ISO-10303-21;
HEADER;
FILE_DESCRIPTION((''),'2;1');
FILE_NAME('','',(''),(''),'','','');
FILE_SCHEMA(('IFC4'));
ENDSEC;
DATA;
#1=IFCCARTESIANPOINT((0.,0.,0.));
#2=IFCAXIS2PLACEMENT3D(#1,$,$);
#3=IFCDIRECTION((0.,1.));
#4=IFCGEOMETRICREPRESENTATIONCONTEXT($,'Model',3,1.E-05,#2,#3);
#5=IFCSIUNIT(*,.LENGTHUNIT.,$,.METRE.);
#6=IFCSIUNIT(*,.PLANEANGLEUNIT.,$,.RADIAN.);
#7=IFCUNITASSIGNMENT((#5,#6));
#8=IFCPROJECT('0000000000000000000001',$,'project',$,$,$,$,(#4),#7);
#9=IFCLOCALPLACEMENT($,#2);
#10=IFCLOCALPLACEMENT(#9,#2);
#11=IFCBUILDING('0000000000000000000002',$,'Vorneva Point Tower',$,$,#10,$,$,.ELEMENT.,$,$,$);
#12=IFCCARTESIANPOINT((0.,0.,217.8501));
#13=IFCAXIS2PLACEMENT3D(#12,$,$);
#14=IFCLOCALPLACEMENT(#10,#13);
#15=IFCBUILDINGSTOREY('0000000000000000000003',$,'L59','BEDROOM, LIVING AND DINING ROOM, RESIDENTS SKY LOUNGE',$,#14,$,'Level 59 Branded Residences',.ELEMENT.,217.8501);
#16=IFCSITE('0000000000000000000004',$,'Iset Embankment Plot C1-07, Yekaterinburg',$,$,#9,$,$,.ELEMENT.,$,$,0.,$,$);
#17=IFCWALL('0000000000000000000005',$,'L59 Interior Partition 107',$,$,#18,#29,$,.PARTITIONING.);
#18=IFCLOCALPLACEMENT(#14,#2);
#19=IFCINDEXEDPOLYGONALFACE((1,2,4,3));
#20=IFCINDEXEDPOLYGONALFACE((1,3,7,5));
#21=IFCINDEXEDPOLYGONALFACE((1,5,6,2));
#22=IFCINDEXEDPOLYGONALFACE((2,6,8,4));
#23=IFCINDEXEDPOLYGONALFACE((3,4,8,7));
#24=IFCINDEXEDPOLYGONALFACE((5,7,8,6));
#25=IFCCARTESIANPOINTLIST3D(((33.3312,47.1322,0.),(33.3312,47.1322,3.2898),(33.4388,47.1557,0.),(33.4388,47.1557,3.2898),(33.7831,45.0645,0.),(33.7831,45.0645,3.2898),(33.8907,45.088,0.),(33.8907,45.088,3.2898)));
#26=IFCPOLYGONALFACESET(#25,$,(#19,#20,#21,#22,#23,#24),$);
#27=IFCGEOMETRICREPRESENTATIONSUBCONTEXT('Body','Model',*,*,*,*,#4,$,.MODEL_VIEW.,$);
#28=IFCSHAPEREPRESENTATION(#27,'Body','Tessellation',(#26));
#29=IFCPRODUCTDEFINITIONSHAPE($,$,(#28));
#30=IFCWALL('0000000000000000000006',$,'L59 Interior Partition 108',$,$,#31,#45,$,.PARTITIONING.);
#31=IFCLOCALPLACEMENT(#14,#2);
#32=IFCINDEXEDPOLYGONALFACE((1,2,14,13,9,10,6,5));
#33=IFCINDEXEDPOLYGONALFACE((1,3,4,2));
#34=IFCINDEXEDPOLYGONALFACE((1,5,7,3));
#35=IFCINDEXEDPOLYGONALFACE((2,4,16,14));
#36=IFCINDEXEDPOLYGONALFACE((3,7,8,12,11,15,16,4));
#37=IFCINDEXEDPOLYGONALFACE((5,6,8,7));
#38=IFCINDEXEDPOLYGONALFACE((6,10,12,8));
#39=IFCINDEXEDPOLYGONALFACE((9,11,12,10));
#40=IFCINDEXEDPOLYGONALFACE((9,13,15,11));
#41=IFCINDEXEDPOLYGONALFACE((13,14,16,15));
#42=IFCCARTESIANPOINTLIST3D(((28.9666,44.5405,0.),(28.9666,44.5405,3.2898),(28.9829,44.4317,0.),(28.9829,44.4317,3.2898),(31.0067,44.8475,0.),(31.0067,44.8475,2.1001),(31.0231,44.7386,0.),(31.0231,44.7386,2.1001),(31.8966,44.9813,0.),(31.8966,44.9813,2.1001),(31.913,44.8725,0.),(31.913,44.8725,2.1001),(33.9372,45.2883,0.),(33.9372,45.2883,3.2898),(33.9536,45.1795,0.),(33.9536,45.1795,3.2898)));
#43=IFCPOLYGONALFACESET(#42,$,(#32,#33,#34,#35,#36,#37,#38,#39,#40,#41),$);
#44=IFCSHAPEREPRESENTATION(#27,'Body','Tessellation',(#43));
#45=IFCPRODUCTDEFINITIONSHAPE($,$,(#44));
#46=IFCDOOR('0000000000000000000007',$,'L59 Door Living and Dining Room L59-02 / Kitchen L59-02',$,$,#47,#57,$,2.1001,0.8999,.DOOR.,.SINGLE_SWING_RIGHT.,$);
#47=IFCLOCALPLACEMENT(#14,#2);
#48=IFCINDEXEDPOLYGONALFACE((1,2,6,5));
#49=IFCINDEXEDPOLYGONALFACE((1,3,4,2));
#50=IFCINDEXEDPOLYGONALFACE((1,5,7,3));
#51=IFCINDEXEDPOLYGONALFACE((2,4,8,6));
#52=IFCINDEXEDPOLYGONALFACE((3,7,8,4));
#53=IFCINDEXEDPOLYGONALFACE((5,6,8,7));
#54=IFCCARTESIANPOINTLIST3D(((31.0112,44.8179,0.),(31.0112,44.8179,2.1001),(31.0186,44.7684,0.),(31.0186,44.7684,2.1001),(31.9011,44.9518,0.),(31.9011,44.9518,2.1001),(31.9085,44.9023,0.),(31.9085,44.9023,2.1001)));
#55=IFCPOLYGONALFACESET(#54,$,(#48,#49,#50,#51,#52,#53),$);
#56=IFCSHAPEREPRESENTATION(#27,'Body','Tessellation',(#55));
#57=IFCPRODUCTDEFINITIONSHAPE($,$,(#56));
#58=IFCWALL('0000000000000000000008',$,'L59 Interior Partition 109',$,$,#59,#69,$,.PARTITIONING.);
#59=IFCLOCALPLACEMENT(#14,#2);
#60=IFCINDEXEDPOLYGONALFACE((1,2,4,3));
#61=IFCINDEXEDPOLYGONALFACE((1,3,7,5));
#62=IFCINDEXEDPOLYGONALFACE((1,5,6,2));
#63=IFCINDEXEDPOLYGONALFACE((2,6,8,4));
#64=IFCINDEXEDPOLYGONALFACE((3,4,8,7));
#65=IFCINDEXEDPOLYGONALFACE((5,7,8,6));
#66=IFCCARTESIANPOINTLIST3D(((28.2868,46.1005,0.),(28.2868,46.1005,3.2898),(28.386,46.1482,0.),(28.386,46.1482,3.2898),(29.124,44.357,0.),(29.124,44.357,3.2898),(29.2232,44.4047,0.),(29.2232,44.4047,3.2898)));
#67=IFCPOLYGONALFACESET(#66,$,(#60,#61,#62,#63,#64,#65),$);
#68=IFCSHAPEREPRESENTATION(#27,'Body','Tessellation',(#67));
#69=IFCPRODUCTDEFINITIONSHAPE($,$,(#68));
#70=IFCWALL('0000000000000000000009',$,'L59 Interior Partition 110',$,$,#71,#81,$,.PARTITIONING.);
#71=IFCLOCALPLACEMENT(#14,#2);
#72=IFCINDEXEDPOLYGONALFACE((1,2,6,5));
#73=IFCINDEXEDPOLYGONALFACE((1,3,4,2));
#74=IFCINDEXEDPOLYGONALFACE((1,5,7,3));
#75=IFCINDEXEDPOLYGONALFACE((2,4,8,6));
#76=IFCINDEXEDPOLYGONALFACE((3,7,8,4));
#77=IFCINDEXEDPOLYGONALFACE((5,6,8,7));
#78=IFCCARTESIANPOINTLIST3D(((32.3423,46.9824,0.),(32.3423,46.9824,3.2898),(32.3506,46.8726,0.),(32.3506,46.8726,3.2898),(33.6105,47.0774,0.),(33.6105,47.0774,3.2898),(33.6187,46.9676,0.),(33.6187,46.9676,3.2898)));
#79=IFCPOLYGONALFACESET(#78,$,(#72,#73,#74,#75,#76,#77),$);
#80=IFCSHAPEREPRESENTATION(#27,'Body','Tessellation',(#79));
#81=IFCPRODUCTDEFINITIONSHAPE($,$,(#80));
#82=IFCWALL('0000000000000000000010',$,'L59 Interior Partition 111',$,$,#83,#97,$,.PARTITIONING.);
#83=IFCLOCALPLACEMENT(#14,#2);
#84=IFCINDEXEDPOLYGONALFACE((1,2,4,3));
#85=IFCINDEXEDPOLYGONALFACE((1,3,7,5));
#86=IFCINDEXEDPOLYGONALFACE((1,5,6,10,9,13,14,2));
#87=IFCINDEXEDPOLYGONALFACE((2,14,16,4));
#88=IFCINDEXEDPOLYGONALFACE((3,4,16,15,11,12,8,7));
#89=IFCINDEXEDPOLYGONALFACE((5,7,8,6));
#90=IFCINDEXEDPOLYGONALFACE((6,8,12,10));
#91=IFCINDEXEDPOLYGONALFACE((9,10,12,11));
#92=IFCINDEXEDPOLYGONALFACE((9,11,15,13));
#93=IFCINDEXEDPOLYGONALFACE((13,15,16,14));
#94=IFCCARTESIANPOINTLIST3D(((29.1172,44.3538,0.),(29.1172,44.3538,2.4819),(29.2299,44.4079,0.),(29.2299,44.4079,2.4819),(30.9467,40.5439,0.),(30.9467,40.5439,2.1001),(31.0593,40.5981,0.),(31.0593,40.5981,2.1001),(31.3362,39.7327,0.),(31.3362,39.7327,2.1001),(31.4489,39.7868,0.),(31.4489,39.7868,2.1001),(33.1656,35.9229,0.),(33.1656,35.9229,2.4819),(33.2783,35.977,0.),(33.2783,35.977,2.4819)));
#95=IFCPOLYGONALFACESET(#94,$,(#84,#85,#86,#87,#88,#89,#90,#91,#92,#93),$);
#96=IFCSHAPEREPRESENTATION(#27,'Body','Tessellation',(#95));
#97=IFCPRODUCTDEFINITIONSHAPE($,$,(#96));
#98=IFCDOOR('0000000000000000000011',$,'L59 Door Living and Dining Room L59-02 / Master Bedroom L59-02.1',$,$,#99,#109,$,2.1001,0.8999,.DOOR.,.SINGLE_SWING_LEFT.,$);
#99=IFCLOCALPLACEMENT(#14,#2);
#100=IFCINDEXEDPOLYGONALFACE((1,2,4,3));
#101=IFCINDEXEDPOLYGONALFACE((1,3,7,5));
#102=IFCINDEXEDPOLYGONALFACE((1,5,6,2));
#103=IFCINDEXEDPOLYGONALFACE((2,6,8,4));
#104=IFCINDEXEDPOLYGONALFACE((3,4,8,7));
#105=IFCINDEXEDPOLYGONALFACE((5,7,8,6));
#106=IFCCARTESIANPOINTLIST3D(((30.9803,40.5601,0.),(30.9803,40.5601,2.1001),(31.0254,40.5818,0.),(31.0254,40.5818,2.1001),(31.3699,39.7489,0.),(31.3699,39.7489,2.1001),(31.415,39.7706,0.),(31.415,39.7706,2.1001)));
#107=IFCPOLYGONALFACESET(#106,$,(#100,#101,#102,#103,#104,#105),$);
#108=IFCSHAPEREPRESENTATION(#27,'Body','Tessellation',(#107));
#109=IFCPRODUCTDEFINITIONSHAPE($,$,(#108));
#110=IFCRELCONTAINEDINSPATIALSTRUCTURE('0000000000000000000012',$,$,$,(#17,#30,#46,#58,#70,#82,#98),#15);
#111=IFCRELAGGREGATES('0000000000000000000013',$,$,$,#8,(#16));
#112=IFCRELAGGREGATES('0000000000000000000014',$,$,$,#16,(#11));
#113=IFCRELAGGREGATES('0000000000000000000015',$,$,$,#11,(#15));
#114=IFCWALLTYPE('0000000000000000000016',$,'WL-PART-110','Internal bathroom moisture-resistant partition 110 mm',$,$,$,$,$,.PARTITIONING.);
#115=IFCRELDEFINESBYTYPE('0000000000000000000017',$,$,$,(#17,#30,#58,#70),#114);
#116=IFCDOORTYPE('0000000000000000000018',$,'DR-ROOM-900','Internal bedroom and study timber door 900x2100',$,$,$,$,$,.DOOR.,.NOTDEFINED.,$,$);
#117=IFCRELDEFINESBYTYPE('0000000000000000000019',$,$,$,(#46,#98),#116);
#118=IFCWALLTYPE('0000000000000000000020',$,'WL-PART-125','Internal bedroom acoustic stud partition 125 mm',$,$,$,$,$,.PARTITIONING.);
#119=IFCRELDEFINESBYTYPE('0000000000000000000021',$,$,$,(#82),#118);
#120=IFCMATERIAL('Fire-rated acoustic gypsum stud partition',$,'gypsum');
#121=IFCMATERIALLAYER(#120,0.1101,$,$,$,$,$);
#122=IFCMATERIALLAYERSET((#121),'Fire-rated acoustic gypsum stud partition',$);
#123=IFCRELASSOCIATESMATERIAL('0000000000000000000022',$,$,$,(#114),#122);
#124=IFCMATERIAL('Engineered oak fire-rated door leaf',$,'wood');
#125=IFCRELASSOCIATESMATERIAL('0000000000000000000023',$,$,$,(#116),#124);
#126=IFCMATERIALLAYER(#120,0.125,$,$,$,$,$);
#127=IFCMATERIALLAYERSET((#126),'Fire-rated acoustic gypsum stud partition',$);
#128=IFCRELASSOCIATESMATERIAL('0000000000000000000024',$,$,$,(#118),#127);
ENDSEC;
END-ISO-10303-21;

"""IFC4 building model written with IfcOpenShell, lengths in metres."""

from ifc_helpers import new_model, si_unit, direction, frame, frame_2d, origin, place, context, subcontext, project, spatial, rectangle, extrude, material, layer, layer_set, type_object, element, fill, save


model = new_model("IFC4")

# Units and contexts
model_context = context("Model", 3, precision=1e-05, world=origin(), true_north=direction((0.0, 1.0)))
body_context = subcontext(model_context, "Body", "Model", "MODEL_VIEW")
ifc_project = project(units=[si_unit("LENGTHUNIT", "METRE"), si_unit("PLANEANGLEUNIT", "RADIAN")], contexts=[model_context])

# Site, building, storey
site_placement = place(None, origin())
site = spatial("IfcSite", under=ifc_project, at=site_placement, Name="Iset Embankment Plot C1-07, Yekaterinburg", CompositionType="ELEMENT", RefElevation=0.0)
building_placement = place(site_placement, origin())
building = spatial("IfcBuilding", under=site, at=building_placement, Name="Vorneva Point Tower", CompositionType="ELEMENT")
storey_placement = place(building_placement, frame((0.0, 0.0, 217.8501)))
storey = spatial("IfcBuildingStorey", under=building, at=storey_placement, Name="L59", Description="BEDROOM, LIVING AND DINING ROOM, RESIDENTS SKY LOUNGE", LongName="Level 59 Branded Residences", CompositionType="ELEMENT", Elevation=217.8501)

# Wall
ifc_material_1 = material(Name="Fire-rated acoustic gypsum stud partition", Category="gypsum")
ifc_layer_1 = layer(ifc_material_1, 0.1101)
ifc_layer_set_1 = layer_set([ifc_layer_1], Name="Fire-rated acoustic gypsum stud partition")
wall_type_1 = type_object("IfcWallType", Name="WL-PART-110", Description="Internal bathroom moisture-resistant partition 110 mm", PredefinedType="PARTITIONING", material=ifc_layer_set_1)
wall_1_placement = place(storey_placement, frame((33.385, 47.1438, 0.0), z_axis=(0.0, 0.0, 1.0), x_axis=(0.213521, -0.976938, 0.0)))
element("IfcWall", 1, at=wall_1_placement, inside=storey, type_object=wall_type_1, Name="L59 Interior Partition 107", PredefinedType="PARTITIONING", context=body_context, shape_type="SweptSolid", body=[
    extrude(rectangle(XDim=2.1165, YDim=0.1101, at=frame_2d((1.0581, 0.0))), origin(), (0.0, 0.0, 1.0), 3.2898),
])

# Wall, opening, door
wall_2_placement = place(storey_placement, frame((33.9453, 45.2339, 0.0), z_axis=(0.0, 0.0, 1.0), x_axis=(-0.988872, -0.148768, 0.0)))
wall_2 = element("IfcWall", 2, at=wall_2_placement, inside=storey, type_object=wall_type_1, Name="L59 Interior Partition 108", PredefinedType="PARTITIONING", context=body_context, shape_type="SweptSolid", body=[
    extrude(rectangle(XDim=5.0266, YDim=0.1101, at=frame_2d((2.5132, 0.0))), origin(), (0.0, 0.0, 1.0), 3.2898),
])
opening_1_placement = place(wall_2_placement, frame((2.0635, 0.0, 0.0)))
opening_1 = element("IfcOpeningElement", 3, at=opening_1_placement, cuts=wall_2, PredefinedType="OPENING", context=body_context, shape_type="SweptSolid", body=[
    extrude(rectangle(XDim=0.8999, YDim=2.1001, at=frame_2d((0.45, 1.05))), frame((0.0, 0.0698, 0.0), z_axis=(0.0, -1.0, 0.0), x_axis=(1.0, 0.0, 0.0)), (0.0, 0.0, 1.0), 0.1399),
])
ifc_material_2 = material(Name="Engineered oak fire-rated door leaf", Category="wood")
door_type = type_object("IfcDoorType", Name="DR-ROOM-900", Description="Internal bedroom and study timber door 900x2100", OperationType="NOTDEFINED", PredefinedType="DOOR", material=ifc_material_2)
door_1_placement = place(opening_1_placement, origin())
door_1 = element("IfcDoor", 4, at=door_1_placement, inside=storey, type_object=door_type, Name="L59 Door Living and Dining Room L59-02 / Kitchen L59-02", OperationType="SINGLE_SWING_RIGHT", OverallHeight=2.1001, OverallWidth=0.8999, PredefinedType="DOOR", context=body_context, shape_type="SweptSolid", body=[
    extrude(rectangle(XDim=0.8999, YDim=2.1001, at=frame_2d((0.45, 1.05))), frame((0.0, 0.0249, 0.0), z_axis=(0.0, -1.0, 0.0), x_axis=(1.0, 0.0, 0.0)), (0.0, 0.0, 1.0), 0.05),
])
fill(opening_1, door_1)

# Walls
wall_3_placement = place(storey_placement, frame((29.1736, 44.3809, 0.0), z_axis=(0.0, 0.0, 1.0), x_axis=(-0.432866, 0.901458, 0.0)))
element("IfcWall", 5, at=wall_3_placement, inside=storey, type_object=wall_type_1, Name="L59 Interior Partition 109", PredefinedType="PARTITIONING", context=body_context, shape_type="SweptSolid", body=[
    extrude(rectangle(XDim=1.9341, YDim=0.1101, at=frame_2d((0.967, 0.0))), origin(), (0.0, 0.0, 1.0), 3.2898),
])
wall_4_placement = place(storey_placement, frame((33.6145, 47.0225, 0.0), z_axis=(0.0, 0.0, 1.0), x_axis=(-0.997207, -0.074685, 0.0)))
element("IfcWall", 6, at=wall_4_placement, inside=storey, type_object=wall_type_1, Name="L59 Interior Partition 110", PredefinedType="PARTITIONING", context=body_context, shape_type="SweptSolid", body=[
    extrude(rectangle(XDim=1.2717, YDim=0.1101, at=frame_2d((0.6357, 0.0))), origin(), (0.0, 0.0, 1.0), 3.2898),
])

# Wall, opening, door
ifc_layer_2 = layer(ifc_material_1, 0.125)
ifc_layer_set_2 = layer_set([ifc_layer_2], Name="Fire-rated acoustic gypsum stud partition")
wall_type_2 = type_object("IfcWallType", Name="WL-PART-125", Description="Internal bedroom acoustic stud partition 125 mm", PredefinedType="PARTITIONING", material=ifc_layer_set_2)
wall_5_placement = place(storey_placement, frame((29.1736, 44.3809, 0.0), z_axis=(0.0, 0.0, 1.0), x_axis=(0.432862, -0.90146, 0.0)))
wall_5 = element("IfcWall", 7, at=wall_5_placement, inside=storey, type_object=wall_type_2, Name="L59 Interior Partition 111", PredefinedType="PARTITIONING", context=body_context, shape_type="SweptSolid", body=[
    extrude(rectangle(XDim=9.3525, YDim=0.125, at=frame_2d((4.6763, 0.0))), origin(), (0.0, 0.0, 1.0), 2.4819),
])
opening_2_placement = place(wall_5_placement, frame((4.2263, 0.0, 0.0)))
opening_2 = element("IfcOpeningElement", 8, at=opening_2_placement, cuts=wall_5, PredefinedType="OPENING", context=body_context, shape_type="SweptSolid", body=[
    extrude(rectangle(XDim=0.8999, YDim=2.1001, at=frame_2d((0.45, 1.05))), frame((0.0, 0.0774, 0.0), z_axis=(0.0, -1.0, 0.0), x_axis=(1.0, 0.0, 0.0)), (0.0, 0.0, 1.0), 0.1548),
])
door_2_placement = place(opening_2_placement, origin())
door_2 = element("IfcDoor", 9, at=door_2_placement, inside=storey, type_object=door_type, Name="L59 Door Living and Dining Room L59-02 / Master Bedroom L59-02.1", OperationType="SINGLE_SWING_LEFT", OverallHeight=2.1001, OverallWidth=0.8999, PredefinedType="DOOR", context=body_context, shape_type="SweptSolid", body=[
    extrude(rectangle(XDim=0.8999, YDim=2.1001, at=frame_2d((0.45, 1.05))), frame((0.0, 0.0249, 0.0), z_axis=(0.0, -1.0, 0.0), x_axis=(1.0, 0.0, 0.0)), (0.0, 0.0, 1.0), 0.05),
])
fill(opening_2, door_2)

save(model, "model.ifc")
